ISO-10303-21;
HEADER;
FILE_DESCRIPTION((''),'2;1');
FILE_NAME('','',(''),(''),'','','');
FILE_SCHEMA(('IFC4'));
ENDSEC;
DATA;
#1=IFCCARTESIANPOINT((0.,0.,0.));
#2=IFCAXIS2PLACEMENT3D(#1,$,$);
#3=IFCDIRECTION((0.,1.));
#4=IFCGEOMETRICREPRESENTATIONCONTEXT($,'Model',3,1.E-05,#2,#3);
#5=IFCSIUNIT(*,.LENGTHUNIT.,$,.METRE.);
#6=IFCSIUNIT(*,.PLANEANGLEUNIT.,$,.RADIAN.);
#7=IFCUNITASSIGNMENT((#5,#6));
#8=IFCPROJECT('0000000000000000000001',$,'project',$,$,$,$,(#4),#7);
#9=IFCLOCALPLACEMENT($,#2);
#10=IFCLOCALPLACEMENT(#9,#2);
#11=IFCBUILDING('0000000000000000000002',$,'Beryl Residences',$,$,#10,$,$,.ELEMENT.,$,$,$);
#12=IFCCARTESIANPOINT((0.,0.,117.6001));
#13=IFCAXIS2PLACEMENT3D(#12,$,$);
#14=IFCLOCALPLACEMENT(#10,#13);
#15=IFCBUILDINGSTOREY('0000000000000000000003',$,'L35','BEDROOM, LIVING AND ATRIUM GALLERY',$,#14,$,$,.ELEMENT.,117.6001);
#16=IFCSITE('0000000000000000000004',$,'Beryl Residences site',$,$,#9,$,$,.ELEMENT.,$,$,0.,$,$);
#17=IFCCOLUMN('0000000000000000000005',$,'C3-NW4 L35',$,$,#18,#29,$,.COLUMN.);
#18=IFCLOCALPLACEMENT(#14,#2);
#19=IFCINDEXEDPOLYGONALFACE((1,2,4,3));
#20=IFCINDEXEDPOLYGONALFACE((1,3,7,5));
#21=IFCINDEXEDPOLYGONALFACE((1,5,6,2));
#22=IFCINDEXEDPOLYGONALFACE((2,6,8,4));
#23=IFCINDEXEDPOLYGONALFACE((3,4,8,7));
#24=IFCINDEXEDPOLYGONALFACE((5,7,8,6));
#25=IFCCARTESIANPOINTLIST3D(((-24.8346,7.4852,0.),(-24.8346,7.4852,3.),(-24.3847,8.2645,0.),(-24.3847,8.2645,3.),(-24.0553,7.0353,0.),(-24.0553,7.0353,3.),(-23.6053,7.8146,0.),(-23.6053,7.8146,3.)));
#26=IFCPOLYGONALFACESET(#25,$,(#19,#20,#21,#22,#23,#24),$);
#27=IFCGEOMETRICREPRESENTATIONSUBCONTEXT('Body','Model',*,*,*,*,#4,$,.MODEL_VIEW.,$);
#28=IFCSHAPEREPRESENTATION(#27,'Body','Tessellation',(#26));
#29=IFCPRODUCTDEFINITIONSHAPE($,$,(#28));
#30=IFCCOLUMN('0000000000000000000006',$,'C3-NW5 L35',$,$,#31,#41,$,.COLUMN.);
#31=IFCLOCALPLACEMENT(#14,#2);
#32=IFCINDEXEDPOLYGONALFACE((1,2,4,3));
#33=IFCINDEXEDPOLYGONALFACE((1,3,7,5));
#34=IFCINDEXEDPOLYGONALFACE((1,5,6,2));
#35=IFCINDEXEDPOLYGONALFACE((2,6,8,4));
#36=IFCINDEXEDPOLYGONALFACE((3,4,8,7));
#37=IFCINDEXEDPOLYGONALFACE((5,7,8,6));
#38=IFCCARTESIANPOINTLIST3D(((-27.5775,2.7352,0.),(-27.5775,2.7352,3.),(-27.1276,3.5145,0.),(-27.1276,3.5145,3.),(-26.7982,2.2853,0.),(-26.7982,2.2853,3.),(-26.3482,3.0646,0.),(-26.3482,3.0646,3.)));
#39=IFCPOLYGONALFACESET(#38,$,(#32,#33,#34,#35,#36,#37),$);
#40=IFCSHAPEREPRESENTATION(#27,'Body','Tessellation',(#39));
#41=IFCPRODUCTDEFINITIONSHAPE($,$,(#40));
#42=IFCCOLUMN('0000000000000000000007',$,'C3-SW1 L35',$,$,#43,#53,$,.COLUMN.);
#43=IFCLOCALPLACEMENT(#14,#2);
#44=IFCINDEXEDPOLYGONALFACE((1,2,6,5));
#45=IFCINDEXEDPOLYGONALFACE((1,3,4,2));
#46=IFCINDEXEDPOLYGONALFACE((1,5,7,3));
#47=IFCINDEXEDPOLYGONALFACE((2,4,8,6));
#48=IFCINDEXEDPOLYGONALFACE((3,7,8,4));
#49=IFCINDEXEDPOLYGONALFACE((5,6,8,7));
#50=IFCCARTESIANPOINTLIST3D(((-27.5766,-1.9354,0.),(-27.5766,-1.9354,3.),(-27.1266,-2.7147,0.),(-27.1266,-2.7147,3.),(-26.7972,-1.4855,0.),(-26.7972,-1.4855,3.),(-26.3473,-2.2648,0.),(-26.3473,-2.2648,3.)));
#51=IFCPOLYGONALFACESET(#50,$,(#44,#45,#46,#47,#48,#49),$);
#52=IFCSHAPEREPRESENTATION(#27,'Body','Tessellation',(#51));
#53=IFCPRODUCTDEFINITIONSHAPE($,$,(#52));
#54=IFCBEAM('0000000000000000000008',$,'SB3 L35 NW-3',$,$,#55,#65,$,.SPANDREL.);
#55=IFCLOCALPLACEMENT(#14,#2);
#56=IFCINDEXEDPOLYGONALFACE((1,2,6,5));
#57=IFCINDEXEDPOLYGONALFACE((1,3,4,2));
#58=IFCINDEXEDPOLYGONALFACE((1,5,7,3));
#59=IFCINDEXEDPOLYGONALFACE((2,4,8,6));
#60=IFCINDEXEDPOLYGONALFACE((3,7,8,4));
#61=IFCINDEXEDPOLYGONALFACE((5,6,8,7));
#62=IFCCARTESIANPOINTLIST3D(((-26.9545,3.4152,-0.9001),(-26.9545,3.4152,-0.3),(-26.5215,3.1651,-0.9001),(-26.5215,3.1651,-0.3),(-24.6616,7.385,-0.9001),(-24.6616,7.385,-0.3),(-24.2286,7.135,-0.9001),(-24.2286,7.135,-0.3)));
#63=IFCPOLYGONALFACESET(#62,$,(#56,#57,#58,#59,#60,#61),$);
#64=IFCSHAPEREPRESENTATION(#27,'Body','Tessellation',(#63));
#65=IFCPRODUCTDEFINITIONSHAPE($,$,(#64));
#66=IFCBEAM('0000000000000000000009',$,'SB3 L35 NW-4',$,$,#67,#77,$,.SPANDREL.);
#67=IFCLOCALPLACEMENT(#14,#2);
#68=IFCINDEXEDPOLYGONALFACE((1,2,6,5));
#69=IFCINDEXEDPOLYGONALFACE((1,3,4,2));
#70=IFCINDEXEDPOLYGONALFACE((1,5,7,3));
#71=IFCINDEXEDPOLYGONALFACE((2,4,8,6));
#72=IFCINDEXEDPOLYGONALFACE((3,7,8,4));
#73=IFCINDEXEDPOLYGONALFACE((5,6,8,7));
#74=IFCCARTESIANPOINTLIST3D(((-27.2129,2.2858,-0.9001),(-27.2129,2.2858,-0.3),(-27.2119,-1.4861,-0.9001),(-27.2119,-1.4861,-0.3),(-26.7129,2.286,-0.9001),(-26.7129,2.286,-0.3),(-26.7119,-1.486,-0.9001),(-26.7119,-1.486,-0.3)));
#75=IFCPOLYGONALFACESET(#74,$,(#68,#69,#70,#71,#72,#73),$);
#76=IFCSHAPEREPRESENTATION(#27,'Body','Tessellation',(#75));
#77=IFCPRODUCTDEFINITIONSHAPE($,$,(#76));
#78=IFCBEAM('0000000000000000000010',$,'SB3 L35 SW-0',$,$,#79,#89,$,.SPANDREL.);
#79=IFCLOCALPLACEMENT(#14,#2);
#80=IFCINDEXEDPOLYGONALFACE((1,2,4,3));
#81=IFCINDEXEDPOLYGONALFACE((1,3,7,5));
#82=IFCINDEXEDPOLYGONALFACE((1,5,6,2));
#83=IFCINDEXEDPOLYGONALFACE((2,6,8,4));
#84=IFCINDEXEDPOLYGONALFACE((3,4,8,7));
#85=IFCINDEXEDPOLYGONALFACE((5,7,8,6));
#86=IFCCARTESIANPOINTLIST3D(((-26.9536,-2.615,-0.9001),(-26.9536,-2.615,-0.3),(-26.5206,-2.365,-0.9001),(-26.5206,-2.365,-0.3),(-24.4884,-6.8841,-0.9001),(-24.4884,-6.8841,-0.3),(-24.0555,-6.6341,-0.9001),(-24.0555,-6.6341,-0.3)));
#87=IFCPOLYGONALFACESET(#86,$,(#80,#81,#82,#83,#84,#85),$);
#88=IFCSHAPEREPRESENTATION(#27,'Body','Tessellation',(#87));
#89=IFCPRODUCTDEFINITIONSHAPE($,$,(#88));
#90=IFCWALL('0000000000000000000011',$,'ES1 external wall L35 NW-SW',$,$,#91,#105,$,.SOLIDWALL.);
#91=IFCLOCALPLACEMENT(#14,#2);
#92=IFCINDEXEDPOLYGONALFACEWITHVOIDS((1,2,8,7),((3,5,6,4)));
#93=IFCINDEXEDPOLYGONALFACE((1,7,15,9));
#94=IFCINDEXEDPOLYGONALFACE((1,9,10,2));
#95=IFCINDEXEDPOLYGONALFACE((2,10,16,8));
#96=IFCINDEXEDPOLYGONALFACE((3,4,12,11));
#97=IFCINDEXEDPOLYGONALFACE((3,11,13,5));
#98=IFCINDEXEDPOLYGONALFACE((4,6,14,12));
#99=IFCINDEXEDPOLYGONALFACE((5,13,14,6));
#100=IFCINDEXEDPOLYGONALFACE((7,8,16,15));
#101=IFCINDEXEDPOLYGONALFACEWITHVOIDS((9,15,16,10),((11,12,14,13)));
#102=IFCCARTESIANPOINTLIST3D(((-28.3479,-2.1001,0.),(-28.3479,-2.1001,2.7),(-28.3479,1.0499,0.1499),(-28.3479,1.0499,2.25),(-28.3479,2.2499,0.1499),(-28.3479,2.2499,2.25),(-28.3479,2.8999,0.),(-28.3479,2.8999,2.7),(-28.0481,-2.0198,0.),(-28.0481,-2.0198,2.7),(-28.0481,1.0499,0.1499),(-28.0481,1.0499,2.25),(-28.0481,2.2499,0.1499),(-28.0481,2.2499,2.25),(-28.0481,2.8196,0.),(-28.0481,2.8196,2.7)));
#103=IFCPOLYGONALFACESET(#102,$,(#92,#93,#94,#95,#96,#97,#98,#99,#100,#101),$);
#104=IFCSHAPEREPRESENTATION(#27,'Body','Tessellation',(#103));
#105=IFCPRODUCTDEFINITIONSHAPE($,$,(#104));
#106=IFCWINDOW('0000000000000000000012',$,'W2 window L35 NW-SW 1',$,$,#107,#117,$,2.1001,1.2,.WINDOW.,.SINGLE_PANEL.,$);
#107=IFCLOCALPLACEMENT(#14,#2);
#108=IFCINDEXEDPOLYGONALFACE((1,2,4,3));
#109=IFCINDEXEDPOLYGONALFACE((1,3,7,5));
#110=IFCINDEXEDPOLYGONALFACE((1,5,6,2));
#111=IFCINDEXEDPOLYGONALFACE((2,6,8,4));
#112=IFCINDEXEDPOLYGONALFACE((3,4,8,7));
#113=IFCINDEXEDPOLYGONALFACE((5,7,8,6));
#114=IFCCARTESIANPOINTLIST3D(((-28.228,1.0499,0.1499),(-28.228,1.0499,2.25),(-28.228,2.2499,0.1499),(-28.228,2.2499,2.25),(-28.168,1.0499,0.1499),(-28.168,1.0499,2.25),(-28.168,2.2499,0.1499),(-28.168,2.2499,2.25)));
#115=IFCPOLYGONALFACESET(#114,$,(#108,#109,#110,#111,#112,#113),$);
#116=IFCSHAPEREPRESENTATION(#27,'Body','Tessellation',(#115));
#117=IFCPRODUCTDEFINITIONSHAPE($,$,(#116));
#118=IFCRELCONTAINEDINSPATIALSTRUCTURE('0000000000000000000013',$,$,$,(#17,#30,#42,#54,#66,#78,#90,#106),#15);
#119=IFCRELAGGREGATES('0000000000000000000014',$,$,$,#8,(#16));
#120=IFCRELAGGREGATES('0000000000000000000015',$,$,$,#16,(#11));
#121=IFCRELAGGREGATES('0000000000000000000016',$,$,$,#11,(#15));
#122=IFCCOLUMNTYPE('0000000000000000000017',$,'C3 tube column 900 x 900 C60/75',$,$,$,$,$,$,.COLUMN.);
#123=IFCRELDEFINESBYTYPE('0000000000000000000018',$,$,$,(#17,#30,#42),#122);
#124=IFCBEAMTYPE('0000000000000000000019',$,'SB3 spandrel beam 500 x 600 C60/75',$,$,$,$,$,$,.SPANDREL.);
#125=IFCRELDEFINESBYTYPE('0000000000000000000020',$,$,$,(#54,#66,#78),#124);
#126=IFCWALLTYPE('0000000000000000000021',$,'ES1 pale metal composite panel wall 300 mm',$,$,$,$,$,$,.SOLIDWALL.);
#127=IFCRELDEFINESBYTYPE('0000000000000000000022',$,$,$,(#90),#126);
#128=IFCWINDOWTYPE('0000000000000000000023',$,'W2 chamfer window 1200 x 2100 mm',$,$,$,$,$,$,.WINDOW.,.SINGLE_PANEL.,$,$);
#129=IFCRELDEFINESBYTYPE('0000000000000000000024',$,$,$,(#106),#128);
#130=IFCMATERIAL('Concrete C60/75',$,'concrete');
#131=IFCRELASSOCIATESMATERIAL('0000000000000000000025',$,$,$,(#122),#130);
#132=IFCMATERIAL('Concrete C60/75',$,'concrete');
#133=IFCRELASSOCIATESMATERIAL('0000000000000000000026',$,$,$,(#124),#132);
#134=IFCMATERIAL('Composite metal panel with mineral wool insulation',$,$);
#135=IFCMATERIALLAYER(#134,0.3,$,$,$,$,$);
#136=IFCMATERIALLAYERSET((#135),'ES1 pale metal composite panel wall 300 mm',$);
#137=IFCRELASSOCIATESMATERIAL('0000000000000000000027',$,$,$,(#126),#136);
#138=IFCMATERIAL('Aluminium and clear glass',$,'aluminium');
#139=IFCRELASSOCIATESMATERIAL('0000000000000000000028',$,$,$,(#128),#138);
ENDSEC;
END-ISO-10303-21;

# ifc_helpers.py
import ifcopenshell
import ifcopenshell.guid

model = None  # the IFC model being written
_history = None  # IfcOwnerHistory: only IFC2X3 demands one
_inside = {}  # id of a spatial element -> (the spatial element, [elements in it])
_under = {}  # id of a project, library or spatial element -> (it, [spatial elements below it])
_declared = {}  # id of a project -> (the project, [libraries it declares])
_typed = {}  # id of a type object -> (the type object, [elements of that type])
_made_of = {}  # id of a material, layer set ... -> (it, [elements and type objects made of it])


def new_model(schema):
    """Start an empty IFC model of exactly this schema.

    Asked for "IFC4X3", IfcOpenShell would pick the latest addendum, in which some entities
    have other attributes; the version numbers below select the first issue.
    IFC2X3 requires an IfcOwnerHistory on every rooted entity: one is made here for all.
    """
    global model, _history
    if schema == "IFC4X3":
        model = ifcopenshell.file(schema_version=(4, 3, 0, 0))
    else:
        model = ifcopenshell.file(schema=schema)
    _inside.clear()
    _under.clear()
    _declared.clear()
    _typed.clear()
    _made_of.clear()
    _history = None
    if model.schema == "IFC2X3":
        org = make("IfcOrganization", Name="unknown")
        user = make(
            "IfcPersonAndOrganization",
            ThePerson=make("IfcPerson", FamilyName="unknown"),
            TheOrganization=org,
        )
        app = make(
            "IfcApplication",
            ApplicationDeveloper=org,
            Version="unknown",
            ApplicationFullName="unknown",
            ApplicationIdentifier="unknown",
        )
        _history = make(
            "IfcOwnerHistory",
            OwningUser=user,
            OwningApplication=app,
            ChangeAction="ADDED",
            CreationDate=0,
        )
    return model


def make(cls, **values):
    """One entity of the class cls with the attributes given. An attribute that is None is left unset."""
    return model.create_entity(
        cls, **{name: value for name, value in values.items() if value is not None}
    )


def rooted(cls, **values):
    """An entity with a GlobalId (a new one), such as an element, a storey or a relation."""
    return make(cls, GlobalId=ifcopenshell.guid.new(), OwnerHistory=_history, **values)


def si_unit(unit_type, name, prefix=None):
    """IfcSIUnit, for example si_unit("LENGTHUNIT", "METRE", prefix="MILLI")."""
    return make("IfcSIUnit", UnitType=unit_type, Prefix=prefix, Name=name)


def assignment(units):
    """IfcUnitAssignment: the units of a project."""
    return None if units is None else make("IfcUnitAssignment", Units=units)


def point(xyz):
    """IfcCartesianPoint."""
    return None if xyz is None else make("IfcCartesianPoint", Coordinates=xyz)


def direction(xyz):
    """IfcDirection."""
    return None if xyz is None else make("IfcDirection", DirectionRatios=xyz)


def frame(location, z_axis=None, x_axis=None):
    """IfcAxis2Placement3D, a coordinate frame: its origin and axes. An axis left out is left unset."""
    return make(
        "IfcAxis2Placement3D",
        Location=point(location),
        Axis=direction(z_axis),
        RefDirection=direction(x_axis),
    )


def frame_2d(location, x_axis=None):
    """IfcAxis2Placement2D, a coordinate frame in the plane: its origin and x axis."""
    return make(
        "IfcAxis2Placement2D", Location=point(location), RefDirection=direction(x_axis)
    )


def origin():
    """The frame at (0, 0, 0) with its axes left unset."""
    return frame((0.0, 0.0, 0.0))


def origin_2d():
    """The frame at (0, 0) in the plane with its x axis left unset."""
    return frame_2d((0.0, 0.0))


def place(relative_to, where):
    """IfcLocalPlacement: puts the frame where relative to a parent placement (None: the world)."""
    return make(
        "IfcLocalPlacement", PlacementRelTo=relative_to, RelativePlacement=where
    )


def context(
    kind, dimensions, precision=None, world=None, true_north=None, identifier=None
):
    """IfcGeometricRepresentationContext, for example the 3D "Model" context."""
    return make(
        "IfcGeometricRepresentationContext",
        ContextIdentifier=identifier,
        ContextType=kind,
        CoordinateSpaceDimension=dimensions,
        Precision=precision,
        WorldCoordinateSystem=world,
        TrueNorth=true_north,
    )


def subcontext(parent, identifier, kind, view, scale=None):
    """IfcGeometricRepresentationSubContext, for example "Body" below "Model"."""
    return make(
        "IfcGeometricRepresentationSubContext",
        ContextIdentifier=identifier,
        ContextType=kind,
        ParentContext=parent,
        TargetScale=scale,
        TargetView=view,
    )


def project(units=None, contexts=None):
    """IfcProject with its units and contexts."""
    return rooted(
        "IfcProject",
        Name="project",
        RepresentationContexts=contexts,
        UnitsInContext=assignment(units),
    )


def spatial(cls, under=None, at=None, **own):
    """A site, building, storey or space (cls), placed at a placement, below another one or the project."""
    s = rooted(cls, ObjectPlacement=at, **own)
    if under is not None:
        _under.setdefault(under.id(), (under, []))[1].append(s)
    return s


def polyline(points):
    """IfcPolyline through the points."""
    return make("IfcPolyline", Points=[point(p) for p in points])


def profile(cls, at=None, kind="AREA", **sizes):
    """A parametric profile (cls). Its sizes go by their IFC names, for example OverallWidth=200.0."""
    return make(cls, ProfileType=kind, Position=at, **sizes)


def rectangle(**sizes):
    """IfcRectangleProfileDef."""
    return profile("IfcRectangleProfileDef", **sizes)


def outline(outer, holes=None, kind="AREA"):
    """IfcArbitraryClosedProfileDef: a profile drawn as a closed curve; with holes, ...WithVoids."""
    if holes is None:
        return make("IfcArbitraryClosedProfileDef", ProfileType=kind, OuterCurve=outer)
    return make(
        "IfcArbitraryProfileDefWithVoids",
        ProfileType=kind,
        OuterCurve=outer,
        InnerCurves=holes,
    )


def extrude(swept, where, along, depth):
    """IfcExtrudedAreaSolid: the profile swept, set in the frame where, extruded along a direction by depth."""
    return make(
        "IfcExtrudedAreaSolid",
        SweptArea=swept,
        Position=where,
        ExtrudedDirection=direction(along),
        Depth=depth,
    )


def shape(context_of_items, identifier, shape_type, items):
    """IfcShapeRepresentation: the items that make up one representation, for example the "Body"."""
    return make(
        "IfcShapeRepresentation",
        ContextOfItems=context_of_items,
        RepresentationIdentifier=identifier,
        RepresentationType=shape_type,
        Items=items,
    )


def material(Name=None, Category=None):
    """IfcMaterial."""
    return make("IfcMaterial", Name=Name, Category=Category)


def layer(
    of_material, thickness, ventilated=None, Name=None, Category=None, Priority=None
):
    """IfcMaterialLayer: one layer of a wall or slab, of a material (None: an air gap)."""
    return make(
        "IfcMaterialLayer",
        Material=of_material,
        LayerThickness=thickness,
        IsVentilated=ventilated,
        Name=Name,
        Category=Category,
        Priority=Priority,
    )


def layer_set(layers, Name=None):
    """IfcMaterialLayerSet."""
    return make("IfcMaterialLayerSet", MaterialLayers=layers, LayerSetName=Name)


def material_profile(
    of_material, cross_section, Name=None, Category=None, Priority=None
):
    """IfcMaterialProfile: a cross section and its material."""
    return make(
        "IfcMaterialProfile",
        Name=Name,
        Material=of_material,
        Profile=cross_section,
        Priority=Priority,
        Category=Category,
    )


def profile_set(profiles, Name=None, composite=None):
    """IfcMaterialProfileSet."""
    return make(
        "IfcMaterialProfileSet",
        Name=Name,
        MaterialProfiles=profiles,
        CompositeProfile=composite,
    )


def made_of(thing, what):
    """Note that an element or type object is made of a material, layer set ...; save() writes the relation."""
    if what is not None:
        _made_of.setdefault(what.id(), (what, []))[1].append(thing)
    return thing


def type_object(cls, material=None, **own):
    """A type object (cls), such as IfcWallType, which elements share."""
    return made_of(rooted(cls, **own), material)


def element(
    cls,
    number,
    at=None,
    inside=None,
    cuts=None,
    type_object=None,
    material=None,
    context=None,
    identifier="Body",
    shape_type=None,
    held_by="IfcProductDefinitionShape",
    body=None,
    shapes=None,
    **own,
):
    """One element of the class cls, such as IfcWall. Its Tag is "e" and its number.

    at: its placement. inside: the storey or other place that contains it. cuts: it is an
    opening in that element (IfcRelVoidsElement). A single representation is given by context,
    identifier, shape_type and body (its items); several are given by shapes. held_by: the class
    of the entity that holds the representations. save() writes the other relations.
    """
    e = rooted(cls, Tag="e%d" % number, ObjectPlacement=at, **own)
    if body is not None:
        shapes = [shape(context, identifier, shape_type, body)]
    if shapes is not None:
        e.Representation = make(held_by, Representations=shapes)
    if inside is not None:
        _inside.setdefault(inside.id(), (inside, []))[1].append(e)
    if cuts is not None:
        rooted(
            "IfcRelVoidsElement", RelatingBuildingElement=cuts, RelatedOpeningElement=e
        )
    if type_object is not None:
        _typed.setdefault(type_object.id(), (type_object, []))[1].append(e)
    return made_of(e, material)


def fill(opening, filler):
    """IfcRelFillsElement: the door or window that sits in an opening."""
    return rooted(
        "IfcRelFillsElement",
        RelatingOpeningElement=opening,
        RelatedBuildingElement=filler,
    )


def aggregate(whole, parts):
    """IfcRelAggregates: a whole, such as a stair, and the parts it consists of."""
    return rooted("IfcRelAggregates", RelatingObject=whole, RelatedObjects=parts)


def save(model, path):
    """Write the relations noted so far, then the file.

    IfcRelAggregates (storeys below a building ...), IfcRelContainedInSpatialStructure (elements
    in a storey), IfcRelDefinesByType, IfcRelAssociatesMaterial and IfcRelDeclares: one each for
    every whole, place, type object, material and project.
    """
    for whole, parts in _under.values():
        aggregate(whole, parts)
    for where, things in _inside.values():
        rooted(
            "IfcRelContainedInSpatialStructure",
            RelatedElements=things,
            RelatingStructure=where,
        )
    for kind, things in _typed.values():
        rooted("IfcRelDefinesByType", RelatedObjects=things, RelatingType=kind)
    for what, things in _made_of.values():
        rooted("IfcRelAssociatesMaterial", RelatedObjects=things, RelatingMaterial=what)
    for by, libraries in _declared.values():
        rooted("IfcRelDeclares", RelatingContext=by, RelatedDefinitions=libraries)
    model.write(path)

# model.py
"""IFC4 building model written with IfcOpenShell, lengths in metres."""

from ifc_helpers import new_model, si_unit, direction, frame, frame_2d, origin, origin_2d, place, context, subcontext, project, spatial, polyline, rectangle, outline, extrude, material, layer, layer_set, material_profile, profile_set, type_object, element, fill, save


model = new_model("IFC4")

# Units and contexts
model_context = context("Model", 3, precision=1e-05, world=origin(), true_north=direction((0.0, 1.0)))
body_context = subcontext(model_context, "Body", "Model", "MODEL_VIEW")
ifc_project = project(units=[si_unit("LENGTHUNIT", "METRE"), si_unit("PLANEANGLEUNIT", "RADIAN")], contexts=[model_context])

# Site, building, storey
site_placement = place(None, origin())
site = spatial("IfcSite", under=ifc_project, at=site_placement, Name="Beryl Residences site", CompositionType="ELEMENT", RefElevation=0.0)
building_placement = place(site_placement, origin())
building = spatial("IfcBuilding", under=site, at=building_placement, Name="Beryl Residences", CompositionType="ELEMENT")
storey_placement = place(building_placement, frame((0.0, 0.0, 117.6001)))
storey = spatial("IfcBuildingStorey", under=building, at=storey_placement, Name="L35", Description="BEDROOM, LIVING AND ATRIUM GALLERY", CompositionType="ELEMENT", Elevation=117.6001)

# Columns
ifc_material_1 = material(Name="Concrete C60/75", Category="concrete")
ifc_material_profile_1 = material_profile(ifc_material_1, rectangle(XDim=0.8999, YDim=0.8999, at=origin_2d()))
ifc_profile_set_1 = profile_set([ifc_material_profile_1], Name="Concrete C60/75")
column_type = type_object("IfcColumnType", Name="C3 tube column 900 x 900 C60/75", PredefinedType="COLUMN", material=ifc_profile_set_1)
for number, where, z_axis, x_axis, name in (
    (1, (-24.22, 7.6499, 0.0), (0.0, 0.0, 1.0), (-0.5, -0.866025, 0.0), "C3-NW4 L35"),
    (2, (-26.9629, 2.8999, 0.0), (0.0, 0.0, 1.0), (-0.5, -0.866025, 0.0), "C3-NW5 L35"),
    (3, (-26.9619, -2.1001, 0.0), (0.0, 0.0, 1.0), (0.5, -0.866025, 0.0), "C3-SW1 L35"),
):
    element("IfcColumn", number, at=place(storey_placement, frame(where, z_axis=z_axis, x_axis=x_axis)), inside=storey, type_object=column_type, Name=name, PredefinedType="COLUMN", context=body_context, shape_type="SweptSolid", body=[
        extrude(rectangle(XDim=0.8999, YDim=0.8999, at=origin_2d()), origin(), (0.0, 0.0, 1.0), 3.0),
    ])

# Beams
ifc_material_2 = material(Name="Concrete C60/75", Category="concrete")
ifc_material_profile_2 = material_profile(ifc_material_2, rectangle(XDim=0.5, YDim=0.6001, at=origin_2d()))
ifc_profile_set_2 = profile_set([ifc_material_profile_2], Name="Concrete C60/75")
beam_type = type_object("IfcBeamType", Name="SB3 spandrel beam 500 x 600 C60/75", PredefinedType="SPANDREL", material=ifc_profile_set_2)
beam_1_placement = place(storey_placement, frame((-24.4451, 7.26, -0.6001), z_axis=(-0.500148, -0.86594, 0.0), x_axis=(0.86594, -0.500148, 0.0)))
element("IfcBeam", 4, at=beam_1_placement, inside=storey, type_object=beam_type, Name="SB3 L35 NW-3", PredefinedType="SPANDREL", context=body_context, shape_type="SweptSolid", body=[
    extrude(rectangle(XDim=0.5, YDim=0.6001, at=origin_2d()), origin(), (0.0, 0.0, 1.0), 4.5845),
])
beam_2_placement = place(storey_placement, frame((-26.9629, 2.2859, -0.6001), z_axis=(0.000259, -1.0, 0.0), x_axis=(1.0, 0.000259, 0.0)))
element("IfcBeam", 5, at=beam_2_placement, inside=storey, type_object=beam_type, Name="SB3 L35 NW-4", PredefinedType="SPANDREL", context=body_context, shape_type="SweptSolid", body=[
    extrude(rectangle(XDim=0.5, YDim=0.6001, at=origin_2d()), origin(), (0.0, 0.0, 1.0), 3.772),
])
beam_3_placement = place(storey_placement, frame((-26.7371, -2.49, -0.6001), z_axis=(0.500054, -0.865994, 0.0), x_axis=(0.865994, 0.500054, 0.0)))
element("IfcBeam", 6, at=beam_3_placement, inside=storey, type_object=beam_type, Name="SB3 L35 SW-0", PredefinedType="SPANDREL", context=body_context, shape_type="SweptSolid", body=[
    extrude(rectangle(XDim=0.5, YDim=0.6001, at=origin_2d()), origin(), (0.0, 0.0, 1.0), 4.9297),
])

# Wall, opening, window
ifc_material_3 = material(Name="Composite metal panel with mineral wool insulation")
ifc_layer_1 = layer(ifc_material_3, 0.3)
ifc_layer_set_1 = layer_set([ifc_layer_1], Name="ES1 pale metal composite panel wall 300 mm")
wall_type_1 = type_object("IfcWallType", Name="ES1 pale metal composite panel wall 300 mm", PredefinedType="SOLIDWALL", material=ifc_layer_set_1)
wall_1_placement = place(storey_placement, frame((-28.198, 2.8999, 0.0), z_axis=(0.0, 0.0, 1.0), x_axis=(0.0, -1.0, 0.0)))
wall_1 = element("IfcWall", 7, at=wall_1_placement, inside=storey, type_object=wall_type_1, Name="ES1 external wall L35 NW-SW", PredefinedType="SOLIDWALL", context=body_context, shape_type="SweptSolid", body=[
    extrude(outline(polyline([(0.0, -0.1499), (5.0, -0.1499), (4.9197, 0.1499), (0.0803, 0.1499), (0.0, -0.1499)])), origin(), (0.0, 0.0, 1.0), 2.7),
])
opening_1_placement = place(wall_1_placement, frame((0.6499, 0.0, 0.1499)))
opening_1 = element("IfcOpeningElement", 8, at=opening_1_placement, cuts=wall_1, PredefinedType="OPENING", context=body_context, shape_type="SweptSolid", body=[
    extrude(rectangle(XDim=1.2, YDim=2.1001, at=frame_2d((0.6001, 1.05))), frame((0.0, 0.1599, 0.0), z_axis=(0.0, -1.0, 0.0), x_axis=(1.0, 0.0, 0.0)), (0.0, 0.0, 1.0), 0.3201),
])
ifc_material_4 = material(Name="Aluminium and clear glass", Category="aluminium")
window_type_1 = type_object("IfcWindowType", Name="W2 chamfer window 1200 x 2100 mm", PartitioningType="SINGLE_PANEL", PredefinedType="WINDOW", material=ifc_material_4)
window_1_placement = place(opening_1_placement, origin())
window_1 = element("IfcWindow", 9, at=window_1_placement, inside=storey, type_object=window_type_1, Name="W2 window L35 NW-SW 1", OverallHeight=2.1001, OverallWidth=1.2, PartitioningType="SINGLE_PANEL", PredefinedType="WINDOW", context=body_context, shape_type="SweptSolid", body=[
    extrude(rectangle(XDim=1.2, YDim=2.1001, at=frame_2d((0.6001, 1.05))), frame((0.0, 0.03, 0.0), z_axis=(0.0, -1.0, 0.0), x_axis=(1.0, 0.0, 0.0)), (0.0, 0.0, 1.0), 0.0601),
])
fill(opening_1, window_1)

save(model, "model.ifc")
